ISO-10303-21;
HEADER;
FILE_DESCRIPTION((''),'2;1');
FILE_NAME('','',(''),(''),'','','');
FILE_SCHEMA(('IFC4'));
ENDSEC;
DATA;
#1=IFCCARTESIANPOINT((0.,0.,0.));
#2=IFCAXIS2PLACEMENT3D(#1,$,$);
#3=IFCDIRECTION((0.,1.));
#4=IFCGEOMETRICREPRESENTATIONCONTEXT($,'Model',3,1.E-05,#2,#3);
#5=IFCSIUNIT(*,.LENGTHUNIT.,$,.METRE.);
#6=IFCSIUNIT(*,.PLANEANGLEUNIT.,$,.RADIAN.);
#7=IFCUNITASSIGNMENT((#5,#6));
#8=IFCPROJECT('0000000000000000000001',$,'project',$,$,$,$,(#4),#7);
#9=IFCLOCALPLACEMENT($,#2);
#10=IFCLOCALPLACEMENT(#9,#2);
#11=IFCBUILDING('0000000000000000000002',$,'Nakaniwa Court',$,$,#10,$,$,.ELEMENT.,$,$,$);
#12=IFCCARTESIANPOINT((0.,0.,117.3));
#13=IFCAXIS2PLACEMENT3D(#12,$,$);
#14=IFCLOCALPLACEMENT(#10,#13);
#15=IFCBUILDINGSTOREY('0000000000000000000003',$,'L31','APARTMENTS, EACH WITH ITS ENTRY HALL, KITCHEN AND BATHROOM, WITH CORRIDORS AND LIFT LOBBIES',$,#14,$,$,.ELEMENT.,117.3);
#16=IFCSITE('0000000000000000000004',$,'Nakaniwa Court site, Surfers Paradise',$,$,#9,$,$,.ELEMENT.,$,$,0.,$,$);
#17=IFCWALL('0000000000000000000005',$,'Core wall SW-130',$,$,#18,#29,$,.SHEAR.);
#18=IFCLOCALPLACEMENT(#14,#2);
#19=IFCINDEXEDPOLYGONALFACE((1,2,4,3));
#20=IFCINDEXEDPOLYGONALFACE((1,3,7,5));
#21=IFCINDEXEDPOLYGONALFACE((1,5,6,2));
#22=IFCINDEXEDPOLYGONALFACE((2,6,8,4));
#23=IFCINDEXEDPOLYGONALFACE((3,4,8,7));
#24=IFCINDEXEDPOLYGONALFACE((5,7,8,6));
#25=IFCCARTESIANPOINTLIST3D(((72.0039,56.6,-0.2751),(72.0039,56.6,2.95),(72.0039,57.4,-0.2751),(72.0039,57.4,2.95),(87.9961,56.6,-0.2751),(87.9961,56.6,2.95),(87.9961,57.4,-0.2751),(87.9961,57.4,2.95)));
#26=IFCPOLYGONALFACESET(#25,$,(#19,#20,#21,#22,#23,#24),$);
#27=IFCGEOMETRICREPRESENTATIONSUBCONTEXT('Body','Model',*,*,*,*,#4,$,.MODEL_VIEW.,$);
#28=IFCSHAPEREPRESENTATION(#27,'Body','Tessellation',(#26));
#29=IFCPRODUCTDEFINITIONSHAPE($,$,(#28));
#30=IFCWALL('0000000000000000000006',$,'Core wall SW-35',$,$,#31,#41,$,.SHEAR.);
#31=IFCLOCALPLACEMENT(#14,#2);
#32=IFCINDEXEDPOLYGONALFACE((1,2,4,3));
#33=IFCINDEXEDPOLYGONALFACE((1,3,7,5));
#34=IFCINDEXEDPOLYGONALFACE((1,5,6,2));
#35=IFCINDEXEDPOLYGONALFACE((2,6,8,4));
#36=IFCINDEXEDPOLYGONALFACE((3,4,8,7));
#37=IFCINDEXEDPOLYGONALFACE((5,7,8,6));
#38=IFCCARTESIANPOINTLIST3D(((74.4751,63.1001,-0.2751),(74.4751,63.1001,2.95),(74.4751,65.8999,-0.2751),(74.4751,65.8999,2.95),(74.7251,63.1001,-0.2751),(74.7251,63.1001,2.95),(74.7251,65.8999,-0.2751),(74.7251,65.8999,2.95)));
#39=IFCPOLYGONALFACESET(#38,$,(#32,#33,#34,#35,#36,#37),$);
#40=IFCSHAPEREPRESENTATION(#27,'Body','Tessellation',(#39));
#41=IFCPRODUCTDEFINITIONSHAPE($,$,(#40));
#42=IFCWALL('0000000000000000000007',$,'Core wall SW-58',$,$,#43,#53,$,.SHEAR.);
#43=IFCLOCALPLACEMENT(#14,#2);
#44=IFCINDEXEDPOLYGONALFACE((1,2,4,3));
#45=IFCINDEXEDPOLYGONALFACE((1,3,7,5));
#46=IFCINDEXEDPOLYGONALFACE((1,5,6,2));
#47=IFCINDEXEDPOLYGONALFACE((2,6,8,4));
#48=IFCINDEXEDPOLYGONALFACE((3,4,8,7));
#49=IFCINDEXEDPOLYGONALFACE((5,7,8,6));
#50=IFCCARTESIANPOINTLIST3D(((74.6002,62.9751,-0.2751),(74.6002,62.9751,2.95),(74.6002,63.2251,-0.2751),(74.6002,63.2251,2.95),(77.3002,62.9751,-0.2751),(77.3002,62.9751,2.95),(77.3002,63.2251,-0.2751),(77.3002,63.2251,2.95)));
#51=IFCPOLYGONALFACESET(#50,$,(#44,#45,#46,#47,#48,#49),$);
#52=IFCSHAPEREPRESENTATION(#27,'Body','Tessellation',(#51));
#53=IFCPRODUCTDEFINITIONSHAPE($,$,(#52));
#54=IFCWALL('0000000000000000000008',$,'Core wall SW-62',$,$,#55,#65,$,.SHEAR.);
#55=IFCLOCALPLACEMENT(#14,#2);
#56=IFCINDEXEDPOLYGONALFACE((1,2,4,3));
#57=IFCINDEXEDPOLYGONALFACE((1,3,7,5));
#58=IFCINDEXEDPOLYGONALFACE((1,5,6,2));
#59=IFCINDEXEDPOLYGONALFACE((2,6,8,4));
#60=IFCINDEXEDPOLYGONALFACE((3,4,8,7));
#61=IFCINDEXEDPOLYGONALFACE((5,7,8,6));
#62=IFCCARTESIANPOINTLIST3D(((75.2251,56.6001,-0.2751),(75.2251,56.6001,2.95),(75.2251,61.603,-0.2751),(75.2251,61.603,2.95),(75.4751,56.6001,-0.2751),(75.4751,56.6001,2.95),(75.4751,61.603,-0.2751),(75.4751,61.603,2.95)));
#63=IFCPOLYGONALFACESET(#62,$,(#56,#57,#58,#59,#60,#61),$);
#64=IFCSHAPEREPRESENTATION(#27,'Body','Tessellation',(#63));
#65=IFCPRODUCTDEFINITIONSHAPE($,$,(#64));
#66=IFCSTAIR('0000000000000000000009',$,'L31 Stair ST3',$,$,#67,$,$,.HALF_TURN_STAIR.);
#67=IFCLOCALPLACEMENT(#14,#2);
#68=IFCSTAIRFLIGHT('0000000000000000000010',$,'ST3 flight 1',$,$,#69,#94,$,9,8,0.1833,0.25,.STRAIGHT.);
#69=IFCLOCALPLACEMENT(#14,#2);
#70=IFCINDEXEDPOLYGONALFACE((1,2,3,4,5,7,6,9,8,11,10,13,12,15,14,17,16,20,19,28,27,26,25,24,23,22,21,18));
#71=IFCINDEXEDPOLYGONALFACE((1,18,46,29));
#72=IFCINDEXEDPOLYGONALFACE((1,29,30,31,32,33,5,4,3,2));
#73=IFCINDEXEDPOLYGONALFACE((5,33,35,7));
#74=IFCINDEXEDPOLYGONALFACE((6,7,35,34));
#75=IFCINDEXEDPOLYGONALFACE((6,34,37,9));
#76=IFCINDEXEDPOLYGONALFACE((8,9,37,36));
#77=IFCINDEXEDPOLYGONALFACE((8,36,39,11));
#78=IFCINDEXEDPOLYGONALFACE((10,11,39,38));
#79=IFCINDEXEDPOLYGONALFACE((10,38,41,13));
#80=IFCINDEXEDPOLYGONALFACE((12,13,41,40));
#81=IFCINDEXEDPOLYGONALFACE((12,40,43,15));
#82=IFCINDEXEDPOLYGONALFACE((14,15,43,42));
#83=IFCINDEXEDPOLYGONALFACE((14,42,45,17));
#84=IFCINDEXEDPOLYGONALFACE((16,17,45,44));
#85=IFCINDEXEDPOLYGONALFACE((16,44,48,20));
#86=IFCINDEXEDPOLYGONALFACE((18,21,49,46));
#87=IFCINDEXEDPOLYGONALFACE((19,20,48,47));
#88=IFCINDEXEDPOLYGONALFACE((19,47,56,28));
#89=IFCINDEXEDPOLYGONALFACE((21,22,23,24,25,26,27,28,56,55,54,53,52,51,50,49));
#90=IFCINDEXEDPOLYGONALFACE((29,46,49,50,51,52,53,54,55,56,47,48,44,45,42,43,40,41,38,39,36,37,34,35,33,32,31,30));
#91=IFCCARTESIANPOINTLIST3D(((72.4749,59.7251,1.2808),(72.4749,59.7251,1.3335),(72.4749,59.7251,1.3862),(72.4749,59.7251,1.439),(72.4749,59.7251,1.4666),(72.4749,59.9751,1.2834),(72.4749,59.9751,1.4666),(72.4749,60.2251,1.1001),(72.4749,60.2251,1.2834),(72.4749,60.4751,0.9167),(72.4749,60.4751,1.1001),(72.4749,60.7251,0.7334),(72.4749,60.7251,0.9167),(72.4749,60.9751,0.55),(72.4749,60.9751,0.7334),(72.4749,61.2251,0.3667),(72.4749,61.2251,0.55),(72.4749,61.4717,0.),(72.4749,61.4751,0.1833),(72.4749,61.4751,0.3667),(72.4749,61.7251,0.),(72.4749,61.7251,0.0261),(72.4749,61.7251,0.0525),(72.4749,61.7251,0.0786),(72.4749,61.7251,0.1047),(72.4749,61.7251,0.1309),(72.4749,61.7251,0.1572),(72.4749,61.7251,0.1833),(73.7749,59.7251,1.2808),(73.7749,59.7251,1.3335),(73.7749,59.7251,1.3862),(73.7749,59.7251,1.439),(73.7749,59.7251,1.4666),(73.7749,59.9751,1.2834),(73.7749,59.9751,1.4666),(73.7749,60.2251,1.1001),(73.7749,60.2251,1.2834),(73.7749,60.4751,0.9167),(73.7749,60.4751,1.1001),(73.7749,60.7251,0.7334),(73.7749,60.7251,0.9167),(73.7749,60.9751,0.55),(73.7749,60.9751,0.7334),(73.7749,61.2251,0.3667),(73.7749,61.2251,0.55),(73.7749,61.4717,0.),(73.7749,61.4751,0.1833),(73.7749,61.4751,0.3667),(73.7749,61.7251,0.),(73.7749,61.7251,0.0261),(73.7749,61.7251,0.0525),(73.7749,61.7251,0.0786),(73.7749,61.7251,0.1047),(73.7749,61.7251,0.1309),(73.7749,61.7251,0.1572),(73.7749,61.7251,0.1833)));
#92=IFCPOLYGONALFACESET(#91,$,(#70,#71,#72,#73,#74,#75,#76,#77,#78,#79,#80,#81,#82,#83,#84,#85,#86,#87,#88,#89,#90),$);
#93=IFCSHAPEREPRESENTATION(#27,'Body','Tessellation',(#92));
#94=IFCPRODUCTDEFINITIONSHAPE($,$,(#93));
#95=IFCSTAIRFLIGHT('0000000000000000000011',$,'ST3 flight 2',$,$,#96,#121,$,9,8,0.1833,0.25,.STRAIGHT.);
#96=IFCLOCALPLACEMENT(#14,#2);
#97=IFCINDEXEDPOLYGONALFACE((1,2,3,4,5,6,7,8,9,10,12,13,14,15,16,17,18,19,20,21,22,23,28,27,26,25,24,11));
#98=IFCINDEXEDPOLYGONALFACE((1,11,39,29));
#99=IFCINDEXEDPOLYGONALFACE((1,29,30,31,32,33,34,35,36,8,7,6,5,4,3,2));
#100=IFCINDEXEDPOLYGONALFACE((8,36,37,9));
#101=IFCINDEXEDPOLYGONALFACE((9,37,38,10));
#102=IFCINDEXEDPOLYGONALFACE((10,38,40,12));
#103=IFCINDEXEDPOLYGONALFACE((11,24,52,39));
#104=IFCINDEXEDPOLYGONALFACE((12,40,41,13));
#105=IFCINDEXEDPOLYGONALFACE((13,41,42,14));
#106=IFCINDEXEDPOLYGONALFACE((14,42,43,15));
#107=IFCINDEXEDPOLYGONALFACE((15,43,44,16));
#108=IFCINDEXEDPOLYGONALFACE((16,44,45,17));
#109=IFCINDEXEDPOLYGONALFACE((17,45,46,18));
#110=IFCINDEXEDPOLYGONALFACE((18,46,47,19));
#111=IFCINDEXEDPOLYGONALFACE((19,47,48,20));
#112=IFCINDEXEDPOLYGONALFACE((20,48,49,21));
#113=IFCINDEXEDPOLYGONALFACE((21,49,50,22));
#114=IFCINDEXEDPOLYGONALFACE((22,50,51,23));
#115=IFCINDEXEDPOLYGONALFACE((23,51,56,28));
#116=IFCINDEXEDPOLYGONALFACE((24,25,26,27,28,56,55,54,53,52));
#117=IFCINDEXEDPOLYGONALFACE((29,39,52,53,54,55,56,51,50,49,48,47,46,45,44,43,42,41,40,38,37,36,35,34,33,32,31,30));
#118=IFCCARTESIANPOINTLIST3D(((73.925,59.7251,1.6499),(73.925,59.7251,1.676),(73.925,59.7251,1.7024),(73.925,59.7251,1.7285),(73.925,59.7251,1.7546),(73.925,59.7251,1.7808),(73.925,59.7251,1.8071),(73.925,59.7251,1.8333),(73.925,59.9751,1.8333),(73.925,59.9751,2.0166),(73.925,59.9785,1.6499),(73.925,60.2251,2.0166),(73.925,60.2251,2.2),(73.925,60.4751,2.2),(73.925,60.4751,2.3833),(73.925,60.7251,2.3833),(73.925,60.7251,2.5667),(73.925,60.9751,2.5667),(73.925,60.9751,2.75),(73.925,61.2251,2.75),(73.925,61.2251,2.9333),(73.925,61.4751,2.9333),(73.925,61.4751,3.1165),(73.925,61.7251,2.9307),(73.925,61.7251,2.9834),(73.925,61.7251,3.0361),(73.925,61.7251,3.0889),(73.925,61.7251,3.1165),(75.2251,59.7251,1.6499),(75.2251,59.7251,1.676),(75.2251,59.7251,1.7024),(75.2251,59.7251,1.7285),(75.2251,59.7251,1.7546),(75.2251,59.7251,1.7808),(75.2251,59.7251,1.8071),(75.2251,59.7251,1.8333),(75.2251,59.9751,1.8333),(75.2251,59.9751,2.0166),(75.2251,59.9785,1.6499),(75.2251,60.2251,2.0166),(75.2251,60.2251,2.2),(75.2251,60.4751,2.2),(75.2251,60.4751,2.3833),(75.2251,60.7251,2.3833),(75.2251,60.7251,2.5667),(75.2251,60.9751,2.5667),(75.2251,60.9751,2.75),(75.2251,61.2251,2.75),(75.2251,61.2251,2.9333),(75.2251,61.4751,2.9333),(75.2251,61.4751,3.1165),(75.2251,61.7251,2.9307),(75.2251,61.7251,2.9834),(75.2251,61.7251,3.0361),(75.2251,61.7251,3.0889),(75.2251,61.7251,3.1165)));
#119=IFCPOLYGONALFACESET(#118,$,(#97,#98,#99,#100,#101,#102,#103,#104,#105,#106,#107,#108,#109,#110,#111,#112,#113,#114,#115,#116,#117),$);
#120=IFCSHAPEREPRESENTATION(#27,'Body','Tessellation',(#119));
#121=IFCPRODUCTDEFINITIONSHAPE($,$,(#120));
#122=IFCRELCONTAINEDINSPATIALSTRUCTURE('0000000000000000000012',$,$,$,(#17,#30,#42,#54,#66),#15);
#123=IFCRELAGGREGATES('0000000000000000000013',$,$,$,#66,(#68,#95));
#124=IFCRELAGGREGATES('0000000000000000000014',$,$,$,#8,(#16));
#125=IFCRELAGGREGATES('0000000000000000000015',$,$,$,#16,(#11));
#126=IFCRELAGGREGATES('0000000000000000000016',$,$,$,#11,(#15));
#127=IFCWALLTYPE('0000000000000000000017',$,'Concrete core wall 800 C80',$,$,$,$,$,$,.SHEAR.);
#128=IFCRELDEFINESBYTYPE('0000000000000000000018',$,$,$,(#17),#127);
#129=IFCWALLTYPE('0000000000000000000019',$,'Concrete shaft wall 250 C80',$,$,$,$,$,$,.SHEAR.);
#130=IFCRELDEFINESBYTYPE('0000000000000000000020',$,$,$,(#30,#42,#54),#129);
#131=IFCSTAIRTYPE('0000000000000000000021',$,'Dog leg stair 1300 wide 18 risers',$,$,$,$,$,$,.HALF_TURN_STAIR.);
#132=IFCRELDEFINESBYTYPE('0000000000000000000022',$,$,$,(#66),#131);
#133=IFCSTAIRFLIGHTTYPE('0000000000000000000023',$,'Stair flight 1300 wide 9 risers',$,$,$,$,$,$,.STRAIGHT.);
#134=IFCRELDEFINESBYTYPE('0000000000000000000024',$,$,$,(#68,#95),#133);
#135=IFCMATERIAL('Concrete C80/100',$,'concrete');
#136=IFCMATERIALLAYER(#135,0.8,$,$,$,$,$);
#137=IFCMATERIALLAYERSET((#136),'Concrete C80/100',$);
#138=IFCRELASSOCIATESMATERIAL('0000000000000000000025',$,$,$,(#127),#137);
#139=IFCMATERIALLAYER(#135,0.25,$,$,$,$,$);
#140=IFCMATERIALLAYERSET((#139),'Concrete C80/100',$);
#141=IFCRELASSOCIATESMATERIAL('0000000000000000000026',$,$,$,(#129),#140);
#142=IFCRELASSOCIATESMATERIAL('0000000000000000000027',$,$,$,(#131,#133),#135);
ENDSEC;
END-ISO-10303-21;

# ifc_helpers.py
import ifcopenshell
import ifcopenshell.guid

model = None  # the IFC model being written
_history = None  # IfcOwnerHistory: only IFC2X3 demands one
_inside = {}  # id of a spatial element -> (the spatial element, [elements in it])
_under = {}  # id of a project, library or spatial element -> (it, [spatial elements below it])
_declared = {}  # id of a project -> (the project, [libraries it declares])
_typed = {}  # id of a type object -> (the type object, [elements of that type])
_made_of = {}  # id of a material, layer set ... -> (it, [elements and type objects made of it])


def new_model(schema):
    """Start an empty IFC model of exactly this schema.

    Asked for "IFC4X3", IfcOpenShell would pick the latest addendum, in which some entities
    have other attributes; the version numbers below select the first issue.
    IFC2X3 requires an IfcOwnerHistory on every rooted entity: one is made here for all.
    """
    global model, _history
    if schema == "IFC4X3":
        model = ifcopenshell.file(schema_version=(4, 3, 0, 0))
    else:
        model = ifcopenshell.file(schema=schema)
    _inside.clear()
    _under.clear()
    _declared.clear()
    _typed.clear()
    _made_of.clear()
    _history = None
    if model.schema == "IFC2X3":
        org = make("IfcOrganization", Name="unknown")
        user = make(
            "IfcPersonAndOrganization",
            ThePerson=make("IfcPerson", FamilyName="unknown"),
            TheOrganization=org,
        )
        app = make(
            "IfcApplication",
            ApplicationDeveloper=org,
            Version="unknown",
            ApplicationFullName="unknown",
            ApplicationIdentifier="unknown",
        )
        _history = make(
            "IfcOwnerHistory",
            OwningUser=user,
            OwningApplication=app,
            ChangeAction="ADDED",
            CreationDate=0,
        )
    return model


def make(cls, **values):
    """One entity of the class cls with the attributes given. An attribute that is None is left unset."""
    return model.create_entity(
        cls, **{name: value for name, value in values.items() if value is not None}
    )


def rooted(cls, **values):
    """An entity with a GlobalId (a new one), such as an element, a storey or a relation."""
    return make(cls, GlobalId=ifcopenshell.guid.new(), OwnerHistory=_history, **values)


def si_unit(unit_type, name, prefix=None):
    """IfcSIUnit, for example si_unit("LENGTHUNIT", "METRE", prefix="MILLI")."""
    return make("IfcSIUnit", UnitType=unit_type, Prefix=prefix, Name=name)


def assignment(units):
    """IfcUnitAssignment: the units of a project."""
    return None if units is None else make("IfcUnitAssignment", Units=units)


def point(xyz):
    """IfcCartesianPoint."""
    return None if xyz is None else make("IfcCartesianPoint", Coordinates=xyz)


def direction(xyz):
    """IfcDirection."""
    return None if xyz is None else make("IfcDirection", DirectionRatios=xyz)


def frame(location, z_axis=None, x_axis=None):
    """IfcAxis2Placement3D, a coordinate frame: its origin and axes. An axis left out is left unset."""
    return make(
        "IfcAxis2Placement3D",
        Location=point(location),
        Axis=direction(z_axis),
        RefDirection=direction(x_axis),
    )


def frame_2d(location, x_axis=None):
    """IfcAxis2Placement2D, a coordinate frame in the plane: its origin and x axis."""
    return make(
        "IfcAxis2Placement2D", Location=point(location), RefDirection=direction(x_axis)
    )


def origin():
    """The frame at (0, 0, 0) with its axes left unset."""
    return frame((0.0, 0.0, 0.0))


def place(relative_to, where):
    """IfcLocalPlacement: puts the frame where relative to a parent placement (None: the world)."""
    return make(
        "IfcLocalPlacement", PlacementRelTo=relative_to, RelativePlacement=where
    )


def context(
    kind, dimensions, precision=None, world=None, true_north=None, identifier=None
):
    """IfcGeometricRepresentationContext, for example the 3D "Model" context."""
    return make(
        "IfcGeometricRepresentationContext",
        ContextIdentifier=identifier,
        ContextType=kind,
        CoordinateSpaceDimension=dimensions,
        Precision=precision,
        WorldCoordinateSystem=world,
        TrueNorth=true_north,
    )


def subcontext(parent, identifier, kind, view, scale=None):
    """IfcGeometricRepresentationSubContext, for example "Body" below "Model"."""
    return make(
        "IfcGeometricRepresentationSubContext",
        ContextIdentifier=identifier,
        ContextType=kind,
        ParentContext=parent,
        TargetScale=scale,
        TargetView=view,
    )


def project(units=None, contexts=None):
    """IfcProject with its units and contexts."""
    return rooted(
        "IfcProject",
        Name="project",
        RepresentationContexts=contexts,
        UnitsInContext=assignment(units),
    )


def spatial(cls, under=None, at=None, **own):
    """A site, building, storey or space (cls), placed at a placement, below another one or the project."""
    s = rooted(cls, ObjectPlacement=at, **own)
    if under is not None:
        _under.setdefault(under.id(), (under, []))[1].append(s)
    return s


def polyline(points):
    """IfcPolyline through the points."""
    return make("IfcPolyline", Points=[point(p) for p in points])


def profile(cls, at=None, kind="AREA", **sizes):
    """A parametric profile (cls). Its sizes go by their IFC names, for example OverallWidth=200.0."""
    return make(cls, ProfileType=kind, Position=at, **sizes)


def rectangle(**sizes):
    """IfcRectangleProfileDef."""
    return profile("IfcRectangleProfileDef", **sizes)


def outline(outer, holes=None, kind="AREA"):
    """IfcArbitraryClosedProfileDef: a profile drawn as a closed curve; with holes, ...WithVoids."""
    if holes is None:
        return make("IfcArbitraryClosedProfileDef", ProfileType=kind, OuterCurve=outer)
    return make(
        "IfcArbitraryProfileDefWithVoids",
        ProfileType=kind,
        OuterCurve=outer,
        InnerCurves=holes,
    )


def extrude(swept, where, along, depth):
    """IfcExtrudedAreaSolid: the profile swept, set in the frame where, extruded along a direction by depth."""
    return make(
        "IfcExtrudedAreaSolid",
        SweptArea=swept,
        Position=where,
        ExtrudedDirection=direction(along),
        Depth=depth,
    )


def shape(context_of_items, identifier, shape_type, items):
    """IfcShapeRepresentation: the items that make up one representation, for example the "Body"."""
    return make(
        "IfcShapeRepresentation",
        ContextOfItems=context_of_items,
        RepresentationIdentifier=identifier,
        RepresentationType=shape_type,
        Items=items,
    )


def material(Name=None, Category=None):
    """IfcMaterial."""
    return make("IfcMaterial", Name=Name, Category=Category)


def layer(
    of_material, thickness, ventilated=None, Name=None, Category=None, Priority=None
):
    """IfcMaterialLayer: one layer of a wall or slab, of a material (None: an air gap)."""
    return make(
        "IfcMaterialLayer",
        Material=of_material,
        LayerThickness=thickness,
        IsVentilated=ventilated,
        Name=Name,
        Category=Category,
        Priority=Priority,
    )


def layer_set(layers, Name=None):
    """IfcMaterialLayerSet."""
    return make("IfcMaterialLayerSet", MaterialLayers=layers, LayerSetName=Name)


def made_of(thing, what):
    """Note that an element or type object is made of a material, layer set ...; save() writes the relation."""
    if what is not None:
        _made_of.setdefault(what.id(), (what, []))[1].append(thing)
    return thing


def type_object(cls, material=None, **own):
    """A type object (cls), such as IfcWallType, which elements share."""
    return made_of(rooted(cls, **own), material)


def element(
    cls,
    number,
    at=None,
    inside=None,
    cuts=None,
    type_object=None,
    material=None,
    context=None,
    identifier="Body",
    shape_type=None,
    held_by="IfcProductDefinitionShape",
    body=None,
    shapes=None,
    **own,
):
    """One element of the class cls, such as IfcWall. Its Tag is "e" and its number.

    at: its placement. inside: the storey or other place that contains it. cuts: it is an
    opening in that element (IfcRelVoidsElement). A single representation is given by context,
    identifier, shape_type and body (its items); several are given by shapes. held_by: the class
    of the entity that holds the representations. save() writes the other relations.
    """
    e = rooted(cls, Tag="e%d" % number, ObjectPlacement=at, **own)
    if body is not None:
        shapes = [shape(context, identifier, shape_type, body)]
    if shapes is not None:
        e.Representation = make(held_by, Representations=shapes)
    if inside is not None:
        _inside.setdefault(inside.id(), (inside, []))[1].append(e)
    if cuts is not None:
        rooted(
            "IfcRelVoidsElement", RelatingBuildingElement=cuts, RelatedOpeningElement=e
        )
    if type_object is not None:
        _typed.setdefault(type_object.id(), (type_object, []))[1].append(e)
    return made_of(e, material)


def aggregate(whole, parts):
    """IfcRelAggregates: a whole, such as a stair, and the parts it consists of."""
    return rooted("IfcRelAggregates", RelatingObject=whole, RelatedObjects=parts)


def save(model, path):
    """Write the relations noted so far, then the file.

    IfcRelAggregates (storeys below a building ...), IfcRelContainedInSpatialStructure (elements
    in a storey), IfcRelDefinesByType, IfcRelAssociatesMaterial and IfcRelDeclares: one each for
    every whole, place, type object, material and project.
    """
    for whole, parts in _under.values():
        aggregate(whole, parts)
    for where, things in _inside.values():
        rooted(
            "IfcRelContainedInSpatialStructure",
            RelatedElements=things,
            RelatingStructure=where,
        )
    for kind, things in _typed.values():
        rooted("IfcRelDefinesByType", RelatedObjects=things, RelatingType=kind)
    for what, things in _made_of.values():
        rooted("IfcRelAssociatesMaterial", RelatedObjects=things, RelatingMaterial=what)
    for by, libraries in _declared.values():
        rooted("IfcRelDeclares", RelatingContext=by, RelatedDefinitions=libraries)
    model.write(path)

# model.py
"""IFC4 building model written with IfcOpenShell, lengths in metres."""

from ifc_helpers import new_model, si_unit, direction, frame, frame_2d, origin, place, context, subcontext, project, spatial, polyline, rectangle, outline, extrude, material, layer, layer_set, type_object, element, aggregate, save


model = new_model("IFC4")

# Units and contexts
model_context = context("Model", 3, precision=1e-05, world=origin(), true_north=direction((0.0, 1.0)))
body_context = subcontext(model_context, "Body", "Model", "MODEL_VIEW")
ifc_project = project(units=[si_unit("LENGTHUNIT", "METRE"), si_unit("PLANEANGLEUNIT", "RADIAN")], contexts=[model_context])

# Site, building, storey
site_placement = place(None, origin())
site = spatial("IfcSite", under=ifc_project, at=site_placement, Name="Nakaniwa Court site, Surfers Paradise", CompositionType="ELEMENT", RefElevation=0.0)
building_placement = place(site_placement, origin())
building = spatial("IfcBuilding", under=site, at=building_placement, Name="Nakaniwa Court", CompositionType="ELEMENT")
storey_placement = place(building_placement, frame((0.0, 0.0, 117.3)))
storey = spatial("IfcBuildingStorey", under=building, at=storey_placement, Name="L31", Description="APARTMENTS, EACH WITH ITS ENTRY HALL, KITCHEN AND BATHROOM, WITH CORRIDORS AND LIFT LOBBIES", CompositionType="ELEMENT", Elevation=117.3)

# Shared definitions
ifc_material_1 = material(Name="Concrete C80/100", Category="concrete")

# Walls
ifc_layer_1 = layer(ifc_material_1, 0.8)
ifc_layer_set_1 = layer_set([ifc_layer_1], Name="Concrete C80/100")
wall_type_1 = type_object("IfcWallType", Name="Concrete core wall 800 C80", PredefinedType="SHEAR", material=ifc_layer_set_1)
wall_1_placement = place(storey_placement, frame((72.0039, 57.0, -0.2751), z_axis=(0.0, 0.0, 1.0), x_axis=(1.0, 0.0, 0.0)))
element("IfcWall", 1, at=wall_1_placement, inside=storey, type_object=wall_type_1, Name="Core wall SW-130", PredefinedType="SHEAR", context=body_context, shape_type="SweptSolid", body=[
    extrude(rectangle(XDim=15.9922, YDim=0.8, at=frame_2d((7.9961, 0.0))), origin(), (0.0, 0.0, 1.0), 3.2251),
])
ifc_layer_2 = layer(ifc_material_1, 0.25)
ifc_layer_set_2 = layer_set([ifc_layer_2], Name="Concrete C80/100")
wall_type_2 = type_object("IfcWallType", Name="Concrete shaft wall 250 C80", PredefinedType="SHEAR", material=ifc_layer_set_2)
wall_2_placement = place(storey_placement, frame((74.6001, 63.1001, -0.2751), z_axis=(0.0, 0.0, 1.0), x_axis=(0.0, 1.0, 0.0)))
element("IfcWall", 2, at=wall_2_placement, inside=storey, type_object=wall_type_2, Name="Core wall SW-35", PredefinedType="SHEAR", context=body_context, shape_type="SweptSolid", body=[
    extrude(rectangle(XDim=2.7998, YDim=0.25, at=frame_2d((1.3999, 0.0))), origin(), (0.0, 0.0, 1.0), 3.2251),
])
wall_3_placement = place(storey_placement, frame((74.6001, 63.1001, -0.2751), z_axis=(0.0, 0.0, 1.0), x_axis=(1.0, 0.0, 0.0)))
element("IfcWall", 3, at=wall_3_placement, inside=storey, type_object=wall_type_2, Name="Core wall SW-58", PredefinedType="SHEAR", context=body_context, shape_type="SweptSolid", body=[
    extrude(rectangle(XDim=2.7, YDim=0.25, at=frame_2d((1.3501, 0.0))), origin(), (0.0, 0.0, 1.0), 3.2251),
])
wall_4_placement = place(storey_placement, frame((75.3501, 56.6001, -0.2751), z_axis=(0.0, 0.0, 1.0), x_axis=(0.0, 1.0, 0.0)))
element("IfcWall", 4, at=wall_4_placement, inside=storey, type_object=wall_type_2, Name="Core wall SW-62", PredefinedType="SHEAR", context=body_context, shape_type="SweptSolid", body=[
    extrude(rectangle(XDim=5.0029, YDim=0.25, at=frame_2d((2.5015, 0.0))), origin(), (0.0, 0.0, 1.0), 3.2251),
])

# Stair, stair flights
stair_type = type_object("IfcStairType", Name="Dog leg stair 1300 wide 18 risers", PredefinedType="HALF_TURN_STAIR", material=ifc_material_1)
stair_placement = place(storey_placement, origin())
stair = element("IfcStair", 5, at=stair_placement, inside=storey, type_object=stair_type, Name="L31 Stair ST3", PredefinedType="HALF_TURN_STAIR")
stair_flight_type = type_object("IfcStairFlightType", Name="Stair flight 1300 wide 9 risers", PredefinedType="STRAIGHT", material=ifc_material_1)
stair_flight_1_placement = place(storey_placement, frame((73.125, 61.7251, 0.0), z_axis=(0.0, 0.0, 1.0), x_axis=(0.0, -1.0, 0.0)))
stair_flight_1 = element("IfcStairFlight", 6, at=stair_flight_1_placement, type_object=stair_flight_type, Name="ST3 flight 1", NumberOfRisers=9, NumberOfTreads=8, PredefinedType="STRAIGHT", RiserHeight=0.1833, TreadLength=0.25, context=body_context, shape_type="SweptSolid", body=[
    extrude(outline(polyline([(0.0, 0.0), (0.0, 0.0261), (0.0, 0.0525), (0.0, 0.0786), (0.0, 0.1047), (0.0, 0.1309), (0.0, 0.1572), (0.0, 0.1833), (0.25, 0.1833), (0.25, 0.3667), (0.5, 0.3667), (0.5, 0.55), (0.75, 0.55), (0.75, 0.7334), (1.0, 0.7334), (1.0, 0.9167), (1.25, 0.9167), (1.25, 1.1001), (1.5, 1.1001), (1.5, 1.2834), (1.75, 1.2834), (1.75, 1.4666), (2.0, 1.4666), (2.0, 1.6499), (2.0, 1.5972), (2.0, 1.5444), (2.0, 1.4917), (2.0, 1.439), (2.0, 1.3862), (2.0, 1.3335), (2.0, 1.2808), (0.2534, 0.0), (0.0, 0.0)])), frame((0.0, 0.6499, 0.0), z_axis=(0.0, -1.0, 0.0), x_axis=(1.0, 0.0, 0.0)), (0.0, 0.0, 1.0), 1.3),
])
stair_flight_2_placement = place(storey_placement, frame((74.575, 59.7251, 1.6499), z_axis=(0.0, 0.0, 1.0), x_axis=(0.0, 1.0, 0.0)))
stair_flight_2 = element("IfcStairFlight", 7, at=stair_flight_2_placement, type_object=stair_flight_type, Name="ST3 flight 2", NumberOfRisers=9, NumberOfTreads=8, PredefinedType="STRAIGHT", RiserHeight=0.1833, TreadLength=0.25, context=body_context, shape_type="SweptSolid", body=[
    extrude(outline(polyline([(0.0, 0.0), (0.0, 0.0261), (0.0, 0.0525), (0.0, 0.0786), (0.0, 0.1047), (0.0, 0.1309), (0.0, 0.1572), (0.0, 0.1833), (0.25, 0.1833), (0.25, 0.3667), (0.5, 0.3667), (0.5, 0.55), (0.75, 0.55), (0.75, 0.7334), (1.0, 0.7334), (1.0, 0.9167), (1.25, 0.9167), (1.25, 1.1001), (1.5, 1.1001), (1.5, 1.2834), (1.75, 1.2834), (1.75, 1.4666), (2.0, 1.4666), (2.0, 1.6499), (2.0, 1.5972), (2.0, 1.5444), (2.0, 1.4917), (2.0, 1.439), (2.0, 1.3862), (2.0, 1.3335), (2.0, 1.2808), (0.2534, 0.0), (0.0, 0.0)])), frame((0.0, 0.6499, 0.0), z_axis=(0.0, -1.0, 0.0), x_axis=(1.0, 0.0, 0.0)), (0.0, 0.0, 1.0), 1.3),
])
aggregate(stair, [stair_flight_1, stair_flight_2])

save(model, "model.ifc")
